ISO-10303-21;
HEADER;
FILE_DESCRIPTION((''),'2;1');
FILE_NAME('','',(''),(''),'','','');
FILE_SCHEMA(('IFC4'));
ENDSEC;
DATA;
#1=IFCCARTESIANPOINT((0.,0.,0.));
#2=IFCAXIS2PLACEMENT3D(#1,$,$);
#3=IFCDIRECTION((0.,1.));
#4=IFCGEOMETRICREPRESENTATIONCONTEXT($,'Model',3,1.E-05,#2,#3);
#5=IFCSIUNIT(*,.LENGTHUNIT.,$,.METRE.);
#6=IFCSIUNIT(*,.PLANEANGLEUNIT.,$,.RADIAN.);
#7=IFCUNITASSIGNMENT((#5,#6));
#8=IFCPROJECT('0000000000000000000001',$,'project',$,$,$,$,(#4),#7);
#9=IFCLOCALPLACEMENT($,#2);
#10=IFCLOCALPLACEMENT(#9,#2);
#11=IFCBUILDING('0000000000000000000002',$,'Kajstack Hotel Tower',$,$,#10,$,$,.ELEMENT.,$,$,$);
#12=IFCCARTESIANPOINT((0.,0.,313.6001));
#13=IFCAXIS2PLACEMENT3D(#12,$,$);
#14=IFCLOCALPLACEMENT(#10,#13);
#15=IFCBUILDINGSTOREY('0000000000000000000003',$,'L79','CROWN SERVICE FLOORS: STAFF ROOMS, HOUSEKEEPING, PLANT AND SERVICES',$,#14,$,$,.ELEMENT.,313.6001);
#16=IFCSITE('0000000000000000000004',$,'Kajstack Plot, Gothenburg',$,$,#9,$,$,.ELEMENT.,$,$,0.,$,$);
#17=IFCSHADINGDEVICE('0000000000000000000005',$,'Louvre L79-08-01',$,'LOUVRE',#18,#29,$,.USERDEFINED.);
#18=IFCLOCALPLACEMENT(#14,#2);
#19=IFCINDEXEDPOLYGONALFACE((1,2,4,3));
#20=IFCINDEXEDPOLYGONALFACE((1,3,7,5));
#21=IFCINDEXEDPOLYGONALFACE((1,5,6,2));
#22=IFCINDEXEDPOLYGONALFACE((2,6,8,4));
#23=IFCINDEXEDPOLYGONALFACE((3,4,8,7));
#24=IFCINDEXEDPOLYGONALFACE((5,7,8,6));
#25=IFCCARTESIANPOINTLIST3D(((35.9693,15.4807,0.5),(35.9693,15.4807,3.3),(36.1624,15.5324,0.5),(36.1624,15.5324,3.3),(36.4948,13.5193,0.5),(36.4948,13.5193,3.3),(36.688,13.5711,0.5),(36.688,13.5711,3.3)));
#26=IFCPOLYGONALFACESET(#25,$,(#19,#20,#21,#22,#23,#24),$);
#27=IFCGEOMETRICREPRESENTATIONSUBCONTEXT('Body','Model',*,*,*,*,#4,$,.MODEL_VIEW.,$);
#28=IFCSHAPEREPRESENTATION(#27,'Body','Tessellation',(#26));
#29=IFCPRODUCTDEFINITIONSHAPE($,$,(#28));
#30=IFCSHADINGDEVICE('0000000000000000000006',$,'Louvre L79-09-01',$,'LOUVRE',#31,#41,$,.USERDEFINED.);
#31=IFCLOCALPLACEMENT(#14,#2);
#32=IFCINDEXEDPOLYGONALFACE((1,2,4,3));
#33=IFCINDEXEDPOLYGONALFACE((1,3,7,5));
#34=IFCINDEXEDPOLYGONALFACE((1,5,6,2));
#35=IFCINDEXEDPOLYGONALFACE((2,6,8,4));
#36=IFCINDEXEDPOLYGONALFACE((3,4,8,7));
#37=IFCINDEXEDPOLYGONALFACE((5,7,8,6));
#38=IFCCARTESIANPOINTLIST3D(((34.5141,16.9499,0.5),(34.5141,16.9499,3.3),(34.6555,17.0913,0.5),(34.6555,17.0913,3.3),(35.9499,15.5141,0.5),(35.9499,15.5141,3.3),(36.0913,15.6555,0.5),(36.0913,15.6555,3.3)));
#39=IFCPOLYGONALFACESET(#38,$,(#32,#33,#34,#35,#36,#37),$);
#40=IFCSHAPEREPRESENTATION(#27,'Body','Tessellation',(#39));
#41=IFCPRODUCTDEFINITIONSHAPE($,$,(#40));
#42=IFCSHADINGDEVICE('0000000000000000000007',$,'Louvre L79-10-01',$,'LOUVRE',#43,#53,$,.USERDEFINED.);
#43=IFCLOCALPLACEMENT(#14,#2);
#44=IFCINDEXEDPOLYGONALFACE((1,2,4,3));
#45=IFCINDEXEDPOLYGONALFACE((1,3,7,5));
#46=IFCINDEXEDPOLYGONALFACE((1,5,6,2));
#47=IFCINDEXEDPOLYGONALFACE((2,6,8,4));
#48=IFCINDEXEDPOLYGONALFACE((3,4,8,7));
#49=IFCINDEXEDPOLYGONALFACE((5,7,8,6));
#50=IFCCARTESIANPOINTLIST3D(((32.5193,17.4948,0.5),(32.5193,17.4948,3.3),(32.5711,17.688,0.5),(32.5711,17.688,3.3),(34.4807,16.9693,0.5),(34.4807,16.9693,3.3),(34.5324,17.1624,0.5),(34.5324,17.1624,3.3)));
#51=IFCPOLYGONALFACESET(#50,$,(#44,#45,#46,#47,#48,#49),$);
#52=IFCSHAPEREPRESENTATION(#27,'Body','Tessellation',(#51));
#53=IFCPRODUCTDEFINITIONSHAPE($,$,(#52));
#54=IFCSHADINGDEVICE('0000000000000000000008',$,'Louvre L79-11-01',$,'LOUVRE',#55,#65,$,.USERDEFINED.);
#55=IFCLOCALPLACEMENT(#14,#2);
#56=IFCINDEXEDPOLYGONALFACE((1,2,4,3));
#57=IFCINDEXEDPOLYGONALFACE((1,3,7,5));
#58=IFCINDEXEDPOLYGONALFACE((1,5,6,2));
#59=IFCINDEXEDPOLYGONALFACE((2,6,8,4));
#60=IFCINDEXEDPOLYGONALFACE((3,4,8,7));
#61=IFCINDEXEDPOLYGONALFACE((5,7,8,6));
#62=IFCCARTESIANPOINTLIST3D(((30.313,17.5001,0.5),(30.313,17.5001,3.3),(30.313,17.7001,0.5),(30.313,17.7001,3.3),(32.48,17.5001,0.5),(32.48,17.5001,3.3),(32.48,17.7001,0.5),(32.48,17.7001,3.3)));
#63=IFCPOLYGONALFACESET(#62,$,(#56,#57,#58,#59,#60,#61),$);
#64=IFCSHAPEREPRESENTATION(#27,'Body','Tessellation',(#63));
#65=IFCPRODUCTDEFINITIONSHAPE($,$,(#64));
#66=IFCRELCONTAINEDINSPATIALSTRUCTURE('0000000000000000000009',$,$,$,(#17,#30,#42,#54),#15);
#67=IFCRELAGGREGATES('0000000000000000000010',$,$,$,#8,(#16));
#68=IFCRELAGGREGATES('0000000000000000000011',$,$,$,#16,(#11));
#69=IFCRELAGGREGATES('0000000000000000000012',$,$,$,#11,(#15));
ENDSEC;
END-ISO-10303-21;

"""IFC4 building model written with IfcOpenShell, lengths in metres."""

from ifc_helpers import new_model, si_unit, direction, frame, origin, origin_2d, place, context, subcontext, project, spatial, rectangle, extrude, element, save


model = new_model("IFC4")

# Units and contexts
model_context = context("Model", 3, precision=1e-05, world=origin(), true_north=direction((0.0, 1.0)))
body_context = subcontext(model_context, "Body", "Model", "MODEL_VIEW")
ifc_project = project(units=[si_unit("LENGTHUNIT", "METRE"), si_unit("PLANEANGLEUNIT", "RADIAN")], contexts=[model_context])

# Site, building, storey
site_placement = place(None, origin())
site = spatial("IfcSite", under=ifc_project, at=site_placement, Name="Kajstack Plot, Gothenburg", CompositionType="ELEMENT", RefElevation=0.0)
building_placement = place(site_placement, origin())
building = spatial("IfcBuilding", under=site, at=building_placement, Name="Kajstack Hotel Tower", CompositionType="ELEMENT")
storey_placement = place(building_placement, frame((0.0, 0.0, 313.6001)))
storey = spatial("IfcBuildingStorey", under=building, at=storey_placement, Name="L79", Description="CROWN SERVICE FLOORS: STAFF ROOMS, HOUSEKEEPING, PLANT AND SERVICES", CompositionType="ELEMENT", Elevation=313.6001)

# Shading devices
for number, where, z_axis, x_axis, name in (
    (1, (36.3286, 14.5259, 0.5), (0.0, 0.0, 1.0), (-0.25882, 0.965926, 0.0), "Louvre L79-08-01"),
    (2, (35.3027, 16.3027, 0.5), (0.0, 0.0, 1.0), (-0.707107, 0.707107, 0.0), "Louvre L79-09-01"),
    (3, (33.5259, 17.3286, 0.5), (0.0, 0.0, 1.0), (-0.965926, 0.25882, 0.0), "Louvre L79-10-01"),
):
    element("IfcShadingDevice", number, at=place(storey_placement, frame(where, z_axis=z_axis, x_axis=x_axis)), inside=storey, Name=name, ObjectType="LOUVRE", PredefinedType="USERDEFINED", context=body_context, shape_type="SweptSolid", body=[
        extrude(rectangle(XDim=2.0305, YDim=0.2, at=origin_2d()), origin(), (0.0, 0.0, 1.0), 2.8),
    ])
shading_device_placement = place(storey_placement, frame((31.3965, 17.6001, 0.5), z_axis=(0.0, 0.0, 1.0), x_axis=(-1.0, 0.0, 0.0)))
element("IfcShadingDevice", 4, at=shading_device_placement, inside=storey, Name="Louvre L79-11-01", ObjectType="LOUVRE", PredefinedType="USERDEFINED", context=body_context, shape_type="SweptSolid", body=[
    extrude(rectangle(XDim=2.167, YDim=0.2, at=origin_2d()), origin(), (0.0, 0.0, 1.0), 2.8),
])

save(model, "model.ifc")
